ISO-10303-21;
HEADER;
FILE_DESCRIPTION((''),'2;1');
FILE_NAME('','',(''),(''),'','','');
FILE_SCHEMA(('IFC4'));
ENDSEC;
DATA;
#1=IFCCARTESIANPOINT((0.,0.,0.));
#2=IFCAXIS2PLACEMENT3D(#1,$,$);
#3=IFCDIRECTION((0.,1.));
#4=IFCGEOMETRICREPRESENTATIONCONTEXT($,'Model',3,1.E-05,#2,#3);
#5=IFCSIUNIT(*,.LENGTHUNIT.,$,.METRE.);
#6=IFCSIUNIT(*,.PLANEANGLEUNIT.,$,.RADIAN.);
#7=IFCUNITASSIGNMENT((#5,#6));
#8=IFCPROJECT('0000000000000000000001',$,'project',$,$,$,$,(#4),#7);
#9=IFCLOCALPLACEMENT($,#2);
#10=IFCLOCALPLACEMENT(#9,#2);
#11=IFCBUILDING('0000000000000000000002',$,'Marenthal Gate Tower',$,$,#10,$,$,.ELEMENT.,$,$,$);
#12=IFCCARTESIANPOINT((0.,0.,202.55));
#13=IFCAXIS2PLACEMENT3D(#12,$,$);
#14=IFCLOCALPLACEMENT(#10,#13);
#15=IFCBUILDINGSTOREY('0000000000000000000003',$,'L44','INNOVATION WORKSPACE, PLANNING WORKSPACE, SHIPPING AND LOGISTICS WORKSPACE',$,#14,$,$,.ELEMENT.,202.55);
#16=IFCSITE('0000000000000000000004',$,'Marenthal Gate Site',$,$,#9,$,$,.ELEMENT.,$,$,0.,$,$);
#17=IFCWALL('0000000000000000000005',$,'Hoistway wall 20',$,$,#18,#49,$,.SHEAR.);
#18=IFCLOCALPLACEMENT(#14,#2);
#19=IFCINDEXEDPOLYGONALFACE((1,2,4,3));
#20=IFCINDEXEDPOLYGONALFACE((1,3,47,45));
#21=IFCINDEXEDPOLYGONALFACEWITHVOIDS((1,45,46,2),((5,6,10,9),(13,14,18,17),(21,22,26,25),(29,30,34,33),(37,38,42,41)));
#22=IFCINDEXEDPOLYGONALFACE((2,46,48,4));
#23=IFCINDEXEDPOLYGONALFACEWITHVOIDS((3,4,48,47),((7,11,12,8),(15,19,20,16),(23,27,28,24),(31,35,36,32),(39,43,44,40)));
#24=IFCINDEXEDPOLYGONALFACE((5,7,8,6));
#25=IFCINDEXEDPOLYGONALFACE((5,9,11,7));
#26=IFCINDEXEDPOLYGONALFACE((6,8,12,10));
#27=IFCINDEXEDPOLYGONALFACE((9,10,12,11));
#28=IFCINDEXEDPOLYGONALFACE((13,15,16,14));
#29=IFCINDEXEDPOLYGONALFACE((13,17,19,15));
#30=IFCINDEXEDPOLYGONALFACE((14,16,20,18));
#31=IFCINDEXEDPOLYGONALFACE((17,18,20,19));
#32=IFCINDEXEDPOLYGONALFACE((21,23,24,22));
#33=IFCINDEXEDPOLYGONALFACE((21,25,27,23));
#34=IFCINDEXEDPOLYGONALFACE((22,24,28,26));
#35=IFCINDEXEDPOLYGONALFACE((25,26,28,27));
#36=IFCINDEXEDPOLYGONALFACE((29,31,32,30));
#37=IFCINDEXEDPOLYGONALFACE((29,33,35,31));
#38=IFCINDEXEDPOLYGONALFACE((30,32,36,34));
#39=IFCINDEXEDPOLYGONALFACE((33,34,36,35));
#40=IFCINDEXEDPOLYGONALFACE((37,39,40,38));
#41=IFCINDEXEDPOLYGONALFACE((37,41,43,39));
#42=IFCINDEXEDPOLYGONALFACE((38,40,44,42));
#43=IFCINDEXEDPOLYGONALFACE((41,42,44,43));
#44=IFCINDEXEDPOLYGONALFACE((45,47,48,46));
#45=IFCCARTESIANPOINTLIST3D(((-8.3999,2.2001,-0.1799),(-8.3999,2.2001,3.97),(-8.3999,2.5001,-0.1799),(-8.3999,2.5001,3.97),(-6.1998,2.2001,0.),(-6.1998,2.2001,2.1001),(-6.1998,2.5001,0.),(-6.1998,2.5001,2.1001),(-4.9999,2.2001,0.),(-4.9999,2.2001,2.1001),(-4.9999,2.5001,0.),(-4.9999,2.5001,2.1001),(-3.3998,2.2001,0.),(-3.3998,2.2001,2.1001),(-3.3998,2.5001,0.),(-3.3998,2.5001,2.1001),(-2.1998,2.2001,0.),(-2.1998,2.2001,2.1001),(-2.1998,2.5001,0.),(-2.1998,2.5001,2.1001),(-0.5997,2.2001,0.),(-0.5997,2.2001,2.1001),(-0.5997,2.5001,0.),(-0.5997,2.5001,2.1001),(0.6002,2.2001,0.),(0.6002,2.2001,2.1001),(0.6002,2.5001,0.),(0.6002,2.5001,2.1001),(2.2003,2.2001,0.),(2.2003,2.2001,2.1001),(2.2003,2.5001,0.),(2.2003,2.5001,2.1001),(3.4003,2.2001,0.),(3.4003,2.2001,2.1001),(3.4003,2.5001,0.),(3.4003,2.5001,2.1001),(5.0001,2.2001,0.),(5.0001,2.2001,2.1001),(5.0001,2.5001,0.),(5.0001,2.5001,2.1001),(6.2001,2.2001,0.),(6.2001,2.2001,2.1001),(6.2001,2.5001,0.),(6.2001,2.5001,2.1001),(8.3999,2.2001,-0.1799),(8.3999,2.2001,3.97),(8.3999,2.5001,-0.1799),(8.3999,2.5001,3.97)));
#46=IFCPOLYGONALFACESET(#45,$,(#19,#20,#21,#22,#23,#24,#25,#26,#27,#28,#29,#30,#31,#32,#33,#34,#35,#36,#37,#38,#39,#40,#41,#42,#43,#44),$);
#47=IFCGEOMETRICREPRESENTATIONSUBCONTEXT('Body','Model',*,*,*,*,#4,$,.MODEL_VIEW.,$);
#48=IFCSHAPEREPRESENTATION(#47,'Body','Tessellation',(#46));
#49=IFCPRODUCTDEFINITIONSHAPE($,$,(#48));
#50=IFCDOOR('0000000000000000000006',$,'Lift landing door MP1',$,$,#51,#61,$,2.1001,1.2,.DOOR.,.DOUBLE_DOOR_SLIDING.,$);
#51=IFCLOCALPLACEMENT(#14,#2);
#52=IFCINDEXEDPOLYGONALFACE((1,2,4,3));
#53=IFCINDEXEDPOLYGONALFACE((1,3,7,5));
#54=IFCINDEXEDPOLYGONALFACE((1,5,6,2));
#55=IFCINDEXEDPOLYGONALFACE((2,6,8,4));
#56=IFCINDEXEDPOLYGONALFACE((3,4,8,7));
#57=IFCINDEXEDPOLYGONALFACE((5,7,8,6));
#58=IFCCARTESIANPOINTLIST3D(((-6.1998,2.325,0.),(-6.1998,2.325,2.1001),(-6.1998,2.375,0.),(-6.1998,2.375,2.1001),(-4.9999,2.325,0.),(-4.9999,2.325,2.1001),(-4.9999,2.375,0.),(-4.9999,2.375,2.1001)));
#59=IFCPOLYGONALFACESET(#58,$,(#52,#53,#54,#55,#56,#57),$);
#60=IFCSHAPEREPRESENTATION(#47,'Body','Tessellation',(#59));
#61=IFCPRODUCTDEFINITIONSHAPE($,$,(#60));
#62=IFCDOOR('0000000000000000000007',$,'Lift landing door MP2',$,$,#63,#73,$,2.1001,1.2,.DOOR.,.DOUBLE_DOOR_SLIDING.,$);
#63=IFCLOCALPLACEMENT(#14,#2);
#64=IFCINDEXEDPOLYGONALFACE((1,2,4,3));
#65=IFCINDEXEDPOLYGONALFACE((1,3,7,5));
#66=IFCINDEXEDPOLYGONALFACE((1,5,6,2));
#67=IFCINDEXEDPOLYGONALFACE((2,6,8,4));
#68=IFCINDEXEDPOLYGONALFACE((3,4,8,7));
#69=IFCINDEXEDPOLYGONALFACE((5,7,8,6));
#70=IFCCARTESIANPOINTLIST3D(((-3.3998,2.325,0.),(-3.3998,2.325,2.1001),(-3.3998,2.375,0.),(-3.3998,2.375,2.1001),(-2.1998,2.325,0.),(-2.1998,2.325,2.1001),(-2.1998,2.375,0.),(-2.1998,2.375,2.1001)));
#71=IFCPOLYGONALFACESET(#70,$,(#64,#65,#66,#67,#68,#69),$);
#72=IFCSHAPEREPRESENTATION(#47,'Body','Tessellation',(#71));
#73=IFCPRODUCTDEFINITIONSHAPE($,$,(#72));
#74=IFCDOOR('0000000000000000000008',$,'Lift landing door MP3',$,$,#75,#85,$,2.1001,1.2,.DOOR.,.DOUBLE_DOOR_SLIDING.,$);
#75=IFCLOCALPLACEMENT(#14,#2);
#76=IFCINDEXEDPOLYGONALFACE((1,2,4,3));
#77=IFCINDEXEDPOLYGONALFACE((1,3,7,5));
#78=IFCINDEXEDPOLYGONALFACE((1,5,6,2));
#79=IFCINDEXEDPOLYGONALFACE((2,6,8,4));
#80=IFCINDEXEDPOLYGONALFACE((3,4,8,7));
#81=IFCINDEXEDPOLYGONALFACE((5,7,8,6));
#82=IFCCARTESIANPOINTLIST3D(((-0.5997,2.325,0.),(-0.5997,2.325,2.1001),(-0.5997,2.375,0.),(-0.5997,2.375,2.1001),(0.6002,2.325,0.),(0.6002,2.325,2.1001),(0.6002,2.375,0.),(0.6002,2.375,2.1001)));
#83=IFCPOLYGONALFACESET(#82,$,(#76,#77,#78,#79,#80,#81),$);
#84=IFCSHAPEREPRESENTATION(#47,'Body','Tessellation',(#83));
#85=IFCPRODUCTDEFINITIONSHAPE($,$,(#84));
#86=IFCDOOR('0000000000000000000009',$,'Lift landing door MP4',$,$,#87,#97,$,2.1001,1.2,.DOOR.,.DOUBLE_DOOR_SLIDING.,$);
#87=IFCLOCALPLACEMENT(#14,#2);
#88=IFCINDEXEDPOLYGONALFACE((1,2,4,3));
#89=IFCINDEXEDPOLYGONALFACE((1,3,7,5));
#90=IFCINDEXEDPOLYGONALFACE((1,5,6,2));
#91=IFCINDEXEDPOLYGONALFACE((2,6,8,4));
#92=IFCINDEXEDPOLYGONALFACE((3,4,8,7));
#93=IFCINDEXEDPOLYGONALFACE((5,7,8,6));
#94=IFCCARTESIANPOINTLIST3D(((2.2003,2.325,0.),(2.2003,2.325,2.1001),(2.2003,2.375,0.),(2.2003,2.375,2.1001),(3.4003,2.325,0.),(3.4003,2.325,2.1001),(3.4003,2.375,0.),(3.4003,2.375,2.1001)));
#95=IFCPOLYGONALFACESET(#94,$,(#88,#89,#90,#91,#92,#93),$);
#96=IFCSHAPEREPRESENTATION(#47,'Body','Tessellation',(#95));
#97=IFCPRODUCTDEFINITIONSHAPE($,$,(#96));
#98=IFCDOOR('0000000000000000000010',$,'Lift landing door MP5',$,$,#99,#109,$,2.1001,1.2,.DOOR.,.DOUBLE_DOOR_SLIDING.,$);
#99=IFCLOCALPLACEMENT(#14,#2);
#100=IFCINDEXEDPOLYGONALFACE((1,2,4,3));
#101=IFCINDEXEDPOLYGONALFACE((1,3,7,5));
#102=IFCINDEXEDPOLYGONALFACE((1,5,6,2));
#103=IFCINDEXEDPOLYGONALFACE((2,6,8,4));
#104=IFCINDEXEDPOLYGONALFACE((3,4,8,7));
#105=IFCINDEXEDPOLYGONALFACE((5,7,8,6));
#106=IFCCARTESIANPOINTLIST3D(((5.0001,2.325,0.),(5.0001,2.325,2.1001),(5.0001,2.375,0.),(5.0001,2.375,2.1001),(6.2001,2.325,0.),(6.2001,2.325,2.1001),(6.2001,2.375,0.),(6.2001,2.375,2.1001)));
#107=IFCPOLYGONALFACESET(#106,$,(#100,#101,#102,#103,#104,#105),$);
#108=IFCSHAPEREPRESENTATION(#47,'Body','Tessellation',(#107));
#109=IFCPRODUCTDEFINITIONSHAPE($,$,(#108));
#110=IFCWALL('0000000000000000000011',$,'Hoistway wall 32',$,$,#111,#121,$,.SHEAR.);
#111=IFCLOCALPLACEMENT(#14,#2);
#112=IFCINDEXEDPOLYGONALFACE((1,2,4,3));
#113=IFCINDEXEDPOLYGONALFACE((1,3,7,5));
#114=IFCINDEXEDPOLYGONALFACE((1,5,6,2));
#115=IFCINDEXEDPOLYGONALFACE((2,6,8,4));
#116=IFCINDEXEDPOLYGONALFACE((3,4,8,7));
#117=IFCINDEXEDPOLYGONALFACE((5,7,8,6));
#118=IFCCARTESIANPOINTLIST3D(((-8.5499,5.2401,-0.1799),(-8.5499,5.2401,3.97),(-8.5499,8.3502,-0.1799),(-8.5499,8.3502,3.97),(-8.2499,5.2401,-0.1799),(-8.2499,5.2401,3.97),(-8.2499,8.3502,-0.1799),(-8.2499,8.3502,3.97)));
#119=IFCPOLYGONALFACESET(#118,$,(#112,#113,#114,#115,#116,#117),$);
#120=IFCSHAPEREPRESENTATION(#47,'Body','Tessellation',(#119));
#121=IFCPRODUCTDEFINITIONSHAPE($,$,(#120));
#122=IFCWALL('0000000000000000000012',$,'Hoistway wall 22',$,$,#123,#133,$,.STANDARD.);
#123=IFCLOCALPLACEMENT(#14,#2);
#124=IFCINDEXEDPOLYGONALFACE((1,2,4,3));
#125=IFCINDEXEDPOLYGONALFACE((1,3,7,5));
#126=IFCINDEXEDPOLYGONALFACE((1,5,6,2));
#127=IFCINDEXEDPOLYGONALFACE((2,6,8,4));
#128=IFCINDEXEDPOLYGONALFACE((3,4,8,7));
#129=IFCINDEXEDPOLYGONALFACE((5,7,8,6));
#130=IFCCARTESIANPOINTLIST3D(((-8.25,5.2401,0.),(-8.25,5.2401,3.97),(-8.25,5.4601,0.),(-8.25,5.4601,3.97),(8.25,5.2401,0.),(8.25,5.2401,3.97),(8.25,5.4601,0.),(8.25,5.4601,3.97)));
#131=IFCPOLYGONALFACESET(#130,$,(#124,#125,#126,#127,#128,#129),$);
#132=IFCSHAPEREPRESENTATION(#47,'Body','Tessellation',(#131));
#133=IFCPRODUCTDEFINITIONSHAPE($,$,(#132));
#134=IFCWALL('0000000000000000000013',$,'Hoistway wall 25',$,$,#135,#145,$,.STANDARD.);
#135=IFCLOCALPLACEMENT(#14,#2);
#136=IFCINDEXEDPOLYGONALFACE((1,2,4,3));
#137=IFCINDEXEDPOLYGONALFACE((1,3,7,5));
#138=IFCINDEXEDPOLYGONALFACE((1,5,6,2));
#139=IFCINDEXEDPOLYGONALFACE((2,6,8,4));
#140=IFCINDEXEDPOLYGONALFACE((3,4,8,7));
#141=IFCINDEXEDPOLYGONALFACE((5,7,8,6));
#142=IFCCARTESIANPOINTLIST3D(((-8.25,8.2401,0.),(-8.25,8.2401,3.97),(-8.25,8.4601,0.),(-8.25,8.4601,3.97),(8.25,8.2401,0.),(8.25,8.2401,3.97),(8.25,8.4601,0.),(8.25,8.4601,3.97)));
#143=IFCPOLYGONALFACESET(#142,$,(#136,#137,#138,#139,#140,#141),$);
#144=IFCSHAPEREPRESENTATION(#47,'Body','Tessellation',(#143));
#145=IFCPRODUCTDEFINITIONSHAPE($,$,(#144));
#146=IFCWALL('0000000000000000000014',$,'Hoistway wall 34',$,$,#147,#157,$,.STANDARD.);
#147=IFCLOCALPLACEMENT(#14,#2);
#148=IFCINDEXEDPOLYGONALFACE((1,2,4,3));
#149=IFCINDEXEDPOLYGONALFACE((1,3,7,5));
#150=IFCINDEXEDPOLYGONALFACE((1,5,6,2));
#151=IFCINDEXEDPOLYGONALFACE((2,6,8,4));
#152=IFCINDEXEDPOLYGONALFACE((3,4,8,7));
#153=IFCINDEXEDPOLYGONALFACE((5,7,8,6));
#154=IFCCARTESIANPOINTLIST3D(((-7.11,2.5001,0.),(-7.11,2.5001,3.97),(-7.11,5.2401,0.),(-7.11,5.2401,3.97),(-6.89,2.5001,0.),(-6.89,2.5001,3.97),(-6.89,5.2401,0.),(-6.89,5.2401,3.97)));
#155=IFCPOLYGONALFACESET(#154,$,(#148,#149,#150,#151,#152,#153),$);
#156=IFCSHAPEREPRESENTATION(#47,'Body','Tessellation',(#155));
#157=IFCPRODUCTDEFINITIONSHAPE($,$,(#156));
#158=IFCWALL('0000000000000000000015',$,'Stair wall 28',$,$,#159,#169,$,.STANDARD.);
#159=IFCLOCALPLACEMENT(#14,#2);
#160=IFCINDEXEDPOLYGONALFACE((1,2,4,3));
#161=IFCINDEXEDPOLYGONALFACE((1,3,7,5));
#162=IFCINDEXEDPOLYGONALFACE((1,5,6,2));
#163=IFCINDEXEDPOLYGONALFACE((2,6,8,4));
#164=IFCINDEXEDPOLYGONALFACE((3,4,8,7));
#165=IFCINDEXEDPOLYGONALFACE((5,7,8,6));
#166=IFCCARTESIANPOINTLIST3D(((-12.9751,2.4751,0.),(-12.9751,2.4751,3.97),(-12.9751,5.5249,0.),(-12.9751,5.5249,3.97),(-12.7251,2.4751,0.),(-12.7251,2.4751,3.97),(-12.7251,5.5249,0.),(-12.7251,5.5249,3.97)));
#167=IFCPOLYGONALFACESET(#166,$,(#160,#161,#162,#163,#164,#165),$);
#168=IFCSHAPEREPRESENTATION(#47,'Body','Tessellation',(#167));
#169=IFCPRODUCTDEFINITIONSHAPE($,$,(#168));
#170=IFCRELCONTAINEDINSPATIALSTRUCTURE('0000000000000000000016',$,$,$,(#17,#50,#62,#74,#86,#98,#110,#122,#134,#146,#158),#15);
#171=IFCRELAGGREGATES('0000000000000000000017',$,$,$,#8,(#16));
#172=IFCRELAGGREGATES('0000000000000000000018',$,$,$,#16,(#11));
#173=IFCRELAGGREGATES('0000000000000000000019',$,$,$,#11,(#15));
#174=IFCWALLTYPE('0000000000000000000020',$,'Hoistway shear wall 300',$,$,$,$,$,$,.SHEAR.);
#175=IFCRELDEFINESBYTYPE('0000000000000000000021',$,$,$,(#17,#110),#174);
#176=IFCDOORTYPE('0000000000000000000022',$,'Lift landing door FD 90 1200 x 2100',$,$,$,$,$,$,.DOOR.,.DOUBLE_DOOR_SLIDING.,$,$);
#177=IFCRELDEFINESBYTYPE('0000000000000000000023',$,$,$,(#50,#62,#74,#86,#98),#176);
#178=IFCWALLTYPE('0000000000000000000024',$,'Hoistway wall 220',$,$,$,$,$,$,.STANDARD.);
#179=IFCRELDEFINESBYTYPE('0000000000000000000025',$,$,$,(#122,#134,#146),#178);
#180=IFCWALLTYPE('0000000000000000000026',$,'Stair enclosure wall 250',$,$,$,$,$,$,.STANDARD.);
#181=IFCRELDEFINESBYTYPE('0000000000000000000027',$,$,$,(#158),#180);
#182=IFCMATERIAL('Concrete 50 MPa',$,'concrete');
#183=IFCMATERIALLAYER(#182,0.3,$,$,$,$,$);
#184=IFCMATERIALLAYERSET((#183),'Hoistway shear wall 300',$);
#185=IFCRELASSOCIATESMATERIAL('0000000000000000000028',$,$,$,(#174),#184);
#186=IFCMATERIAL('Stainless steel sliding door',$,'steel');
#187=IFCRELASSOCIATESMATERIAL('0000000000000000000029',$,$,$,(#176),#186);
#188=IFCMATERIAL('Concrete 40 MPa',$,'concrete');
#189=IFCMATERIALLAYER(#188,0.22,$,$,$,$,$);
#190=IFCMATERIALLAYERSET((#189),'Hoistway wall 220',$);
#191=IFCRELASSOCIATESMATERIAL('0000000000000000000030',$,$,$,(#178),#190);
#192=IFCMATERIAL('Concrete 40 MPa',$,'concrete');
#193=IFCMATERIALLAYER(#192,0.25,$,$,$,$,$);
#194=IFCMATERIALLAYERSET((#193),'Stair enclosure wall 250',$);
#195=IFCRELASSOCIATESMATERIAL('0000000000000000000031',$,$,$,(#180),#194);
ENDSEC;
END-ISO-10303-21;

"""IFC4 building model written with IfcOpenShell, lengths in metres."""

from ifc_helpers import new_model, si_unit, direction, frame, frame_2d, origin, place, context, subcontext, project, spatial, rectangle, extrude, material, layer, layer_set, type_object, element, fill, save


model = new_model("IFC4")

# Units and contexts
model_context = context("Model", 3, precision=1e-05, world=origin(), true_north=direction((0.0, 1.0)))
body_context = subcontext(model_context, "Body", "Model", "MODEL_VIEW")
ifc_project = project(units=[si_unit("LENGTHUNIT", "METRE"), si_unit("PLANEANGLEUNIT", "RADIAN")], contexts=[model_context])

# Site, building, storey
site_placement = place(None, origin())
site = spatial("IfcSite", under=ifc_project, at=site_placement, Name="Marenthal Gate Site", CompositionType="ELEMENT", RefElevation=0.0)
building_placement = place(site_placement, origin())
building = spatial("IfcBuilding", under=site, at=building_placement, Name="Marenthal Gate Tower", CompositionType="ELEMENT")
storey_placement = place(building_placement, frame((0.0, 0.0, 202.55)))
storey = spatial("IfcBuildingStorey", under=building, at=storey_placement, Name="L44", Description="INNOVATION WORKSPACE, PLANNING WORKSPACE, SHIPPING AND LOGISTICS WORKSPACE", CompositionType="ELEMENT", Elevation=202.55)

# Wall, openings, doors
ifc_material_1 = material(Name="Concrete 50 MPa", Category="concrete")
ifc_layer_1 = layer(ifc_material_1, 0.3)
ifc_layer_set_1 = layer_set([ifc_layer_1], Name="Hoistway shear wall 300")
wall_type_1 = type_object("IfcWallType", Name="Hoistway shear wall 300", PredefinedType="SHEAR", material=ifc_layer_set_1)
wall_1_placement = place(storey_placement, frame((-8.3999, 2.3501, -0.1799), z_axis=(0.0, 0.0, 1.0), x_axis=(1.0, 0.0, 0.0)))
wall_1 = element("IfcWall", 1, at=wall_1_placement, inside=storey, type_object=wall_type_1, Name="Hoistway wall 20", PredefinedType="SHEAR", context=body_context, shape_type="SweptSolid", body=[
    extrude(rectangle(XDim=16.7998, YDim=0.3, at=frame_2d((8.3999, 0.0))), origin(), (0.0, 0.0, 1.0), 4.1499),
])
opening_1_placement = place(wall_1_placement, frame((2.2, 0.0, 0.1799)))
opening_1 = element("IfcOpeningElement", 2, at=opening_1_placement, cuts=wall_1, PredefinedType="OPENING", context=body_context, shape_type="SweptSolid", body=[
    extrude(rectangle(XDim=1.2, YDim=2.1001, at=frame_2d((0.6001, 1.05))), frame((0.0, 0.1602, 0.0), z_axis=(0.0, -1.0, 0.0), x_axis=(1.0, 0.0, 0.0)), (0.0, 0.0, 1.0), 0.3201),
])
opening_2_placement = place(wall_1_placement, frame((5.0, 0.0, 0.1799)))
opening_2 = element("IfcOpeningElement", 3, at=opening_2_placement, cuts=wall_1, PredefinedType="OPENING", context=body_context, shape_type="SweptSolid", body=[
    extrude(rectangle(XDim=1.2, YDim=2.1001, at=frame_2d((0.6001, 1.05))), frame((0.0, 0.1602, 0.0), z_axis=(0.0, -1.0, 0.0), x_axis=(1.0, 0.0, 0.0)), (0.0, 0.0, 1.0), 0.3201),
])
opening_3_placement = place(wall_1_placement, frame((7.8, 0.0, 0.1799)))
opening_3 = element("IfcOpeningElement", 4, at=opening_3_placement, cuts=wall_1, PredefinedType="OPENING", context=body_context, shape_type="SweptSolid", body=[
    extrude(rectangle(XDim=1.2, YDim=2.1001, at=frame_2d((0.6001, 1.05))), frame((0.0, 0.1602, 0.0), z_axis=(0.0, -1.0, 0.0), x_axis=(1.0, 0.0, 0.0)), (0.0, 0.0, 1.0), 0.3201),
])
opening_4_placement = place(wall_1_placement, frame((10.6001, 0.0, 0.1799)))
opening_4 = element("IfcOpeningElement", 5, at=opening_4_placement, cuts=wall_1, PredefinedType="OPENING", context=body_context, shape_type="SweptSolid", body=[
    extrude(rectangle(XDim=1.2, YDim=2.1001, at=frame_2d((0.6001, 1.05))), frame((0.0, 0.1602, 0.0), z_axis=(0.0, -1.0, 0.0), x_axis=(1.0, 0.0, 0.0)), (0.0, 0.0, 1.0), 0.3201),
])
opening_5_placement = place(wall_1_placement, frame((13.3999, 0.0, 0.1799)))
opening_5 = element("IfcOpeningElement", 6, at=opening_5_placement, cuts=wall_1, PredefinedType="OPENING", context=body_context, shape_type="SweptSolid", body=[
    extrude(rectangle(XDim=1.2, YDim=2.1001, at=frame_2d((0.6001, 1.05))), frame((0.0, 0.1602, 0.0), z_axis=(0.0, -1.0, 0.0), x_axis=(1.0, 0.0, 0.0)), (0.0, 0.0, 1.0), 0.3201),
])
ifc_material_2 = material(Name="Stainless steel sliding door", Category="steel")
door_type = type_object("IfcDoorType", Name="Lift landing door FD 90 1200 x 2100", OperationType="DOUBLE_DOOR_SLIDING", PredefinedType="DOOR", material=ifc_material_2)
door_1_placement = place(opening_1_placement, origin())
door_1 = element("IfcDoor", 7, at=door_1_placement, inside=storey, type_object=door_type, Name="Lift landing door MP1", OperationType="DOUBLE_DOOR_SLIDING", OverallHeight=2.1001, OverallWidth=1.2, PredefinedType="DOOR", context=body_context, shape_type="SweptSolid", body=[
    extrude(rectangle(XDim=1.2, YDim=2.1001, at=frame_2d((0.6001, 1.05))), frame((0.0, 0.0249, 0.0), z_axis=(0.0, -1.0, 0.0), x_axis=(1.0, 0.0, 0.0)), (0.0, 0.0, 1.0), 0.05),
])
fill(opening_1, door_1)
door_2_placement = place(opening_2_placement, origin())
door_2 = element("IfcDoor", 8, at=door_2_placement, inside=storey, type_object=door_type, Name="Lift landing door MP2", OperationType="DOUBLE_DOOR_SLIDING", OverallHeight=2.1001, OverallWidth=1.2, PredefinedType="DOOR", context=body_context, shape_type="SweptSolid", body=[
    extrude(rectangle(XDim=1.2, YDim=2.1001, at=frame_2d((0.6001, 1.05))), frame((0.0, 0.0249, 0.0), z_axis=(0.0, -1.0, 0.0), x_axis=(1.0, 0.0, 0.0)), (0.0, 0.0, 1.0), 0.05),
])
fill(opening_2, door_2)
door_3_placement = place(opening_3_placement, origin())
door_3 = element("IfcDoor", 9, at=door_3_placement, inside=storey, type_object=door_type, Name="Lift landing door MP3", OperationType="DOUBLE_DOOR_SLIDING", OverallHeight=2.1001, OverallWidth=1.2, PredefinedType="DOOR", context=body_context, shape_type="SweptSolid", body=[
    extrude(rectangle(XDim=1.2, YDim=2.1001, at=frame_2d((0.6001, 1.05))), frame((0.0, 0.0249, 0.0), z_axis=(0.0, -1.0, 0.0), x_axis=(1.0, 0.0, 0.0)), (0.0, 0.0, 1.0), 0.05),
])
fill(opening_3, door_3)
door_4_placement = place(opening_4_placement, origin())
door_4 = element("IfcDoor", 10, at=door_4_placement, inside=storey, type_object=door_type, Name="Lift landing door MP4", OperationType="DOUBLE_DOOR_SLIDING", OverallHeight=2.1001, OverallWidth=1.2, PredefinedType="DOOR", context=body_context, shape_type="SweptSolid", body=[
    extrude(rectangle(XDim=1.2, YDim=2.1001, at=frame_2d((0.6001, 1.05))), frame((0.0, 0.0249, 0.0), z_axis=(0.0, -1.0, 0.0), x_axis=(1.0, 0.0, 0.0)), (0.0, 0.0, 1.0), 0.05),
])
fill(opening_4, door_4)
door_5_placement = place(opening_5_placement, origin())
door_5 = element("IfcDoor", 11, at=door_5_placement, inside=storey, type_object=door_type, Name="Lift landing door MP5", OperationType="DOUBLE_DOOR_SLIDING", OverallHeight=2.1001, OverallWidth=1.2, PredefinedType="DOOR", context=body_context, shape_type="SweptSolid", body=[
    extrude(rectangle(XDim=1.2, YDim=2.1001, at=frame_2d((0.6001, 1.05))), frame((0.0, 0.0249, 0.0), z_axis=(0.0, -1.0, 0.0), x_axis=(1.0, 0.0, 0.0)), (0.0, 0.0, 1.0), 0.05),
])
fill(opening_5, door_5)

# Walls
wall_2_placement = place(storey_placement, frame((-8.3999, 5.24, -0.1799), z_axis=(0.0, 0.0, 1.0), x_axis=(0.0, 1.0, 0.0)))
element("IfcWall", 12, at=wall_2_placement, inside=storey, type_object=wall_type_1, Name="Hoistway wall 32", PredefinedType="SHEAR", context=body_context, shape_type="SweptSolid", body=[
    extrude(rectangle(XDim=3.1101, YDim=0.3, at=frame_2d((1.5552, 0.0))), origin(), (0.0, 0.0, 1.0), 4.1499),
])
ifc_material_3 = material(Name="Concrete 40 MPa", Category="concrete")
ifc_layer_2 = layer(ifc_material_3, 0.22)
ifc_layer_set_2 = layer_set([ifc_layer_2], Name="Hoistway wall 220")
wall_type_2 = type_object("IfcWallType", Name="Hoistway wall 220", PredefinedType="STANDARD", material=ifc_layer_set_2)
for number, where, z_axis, x_axis, name in (
    (13, (-8.25, 5.3501, 0.0), (0.0, 0.0, 1.0), (1.0, 0.0, 0.0), "Hoistway wall 22"),
    (14, (-8.25, 8.3501, 0.0), (0.0, 0.0, 1.0), (1.0, 0.0, 0.0), "Hoistway wall 25"),
):
    element("IfcWall", number, at=place(storey_placement, frame(where, z_axis=z_axis, x_axis=x_axis)), inside=storey, type_object=wall_type_2, Name=name, PredefinedType="STANDARD", context=body_context, shape_type="SweptSolid", body=[
        extrude(rectangle(XDim=16.5, YDim=0.22, at=frame_2d((8.25, 0.0))), origin(), (0.0, 0.0, 1.0), 3.97),
    ])
wall_3_placement = place(storey_placement, frame((-7.0, 2.5, 0.0), z_axis=(0.0, 0.0, 1.0), x_axis=(0.0, 1.0, 0.0)))
element("IfcWall", 15, at=wall_3_placement, inside=storey, type_object=wall_type_2, Name="Hoistway wall 34", PredefinedType="STANDARD", context=body_context, shape_type="SweptSolid", body=[
    extrude(rectangle(XDim=2.74, YDim=0.22, at=frame_2d((1.3701, 0.0))), origin(), (0.0, 0.0, 1.0), 3.97),
])
ifc_material_4 = material(Name="Concrete 40 MPa", Category="concrete")
ifc_layer_3 = layer(ifc_material_4, 0.25)
ifc_layer_set_3 = layer_set([ifc_layer_3], Name="Stair enclosure wall 250")
wall_type_3 = type_object("IfcWallType", Name="Stair enclosure wall 250", PredefinedType="STANDARD", material=ifc_layer_set_3)
wall_4_placement = place(storey_placement, frame((-12.8501, 2.4751, 0.0), z_axis=(0.0, 0.0, 1.0), x_axis=(0.0, 1.0, 0.0)))
element("IfcWall", 16, at=wall_4_placement, inside=storey, type_object=wall_type_3, Name="Stair wall 28", PredefinedType="STANDARD", context=body_context, shape_type="SweptSolid", body=[
    extrude(rectangle(XDim=3.0498, YDim=0.25, at=frame_2d((1.5249, 0.0))), origin(), (0.0, 0.0, 1.0), 3.97),
])

save(model, "model.ifc")
